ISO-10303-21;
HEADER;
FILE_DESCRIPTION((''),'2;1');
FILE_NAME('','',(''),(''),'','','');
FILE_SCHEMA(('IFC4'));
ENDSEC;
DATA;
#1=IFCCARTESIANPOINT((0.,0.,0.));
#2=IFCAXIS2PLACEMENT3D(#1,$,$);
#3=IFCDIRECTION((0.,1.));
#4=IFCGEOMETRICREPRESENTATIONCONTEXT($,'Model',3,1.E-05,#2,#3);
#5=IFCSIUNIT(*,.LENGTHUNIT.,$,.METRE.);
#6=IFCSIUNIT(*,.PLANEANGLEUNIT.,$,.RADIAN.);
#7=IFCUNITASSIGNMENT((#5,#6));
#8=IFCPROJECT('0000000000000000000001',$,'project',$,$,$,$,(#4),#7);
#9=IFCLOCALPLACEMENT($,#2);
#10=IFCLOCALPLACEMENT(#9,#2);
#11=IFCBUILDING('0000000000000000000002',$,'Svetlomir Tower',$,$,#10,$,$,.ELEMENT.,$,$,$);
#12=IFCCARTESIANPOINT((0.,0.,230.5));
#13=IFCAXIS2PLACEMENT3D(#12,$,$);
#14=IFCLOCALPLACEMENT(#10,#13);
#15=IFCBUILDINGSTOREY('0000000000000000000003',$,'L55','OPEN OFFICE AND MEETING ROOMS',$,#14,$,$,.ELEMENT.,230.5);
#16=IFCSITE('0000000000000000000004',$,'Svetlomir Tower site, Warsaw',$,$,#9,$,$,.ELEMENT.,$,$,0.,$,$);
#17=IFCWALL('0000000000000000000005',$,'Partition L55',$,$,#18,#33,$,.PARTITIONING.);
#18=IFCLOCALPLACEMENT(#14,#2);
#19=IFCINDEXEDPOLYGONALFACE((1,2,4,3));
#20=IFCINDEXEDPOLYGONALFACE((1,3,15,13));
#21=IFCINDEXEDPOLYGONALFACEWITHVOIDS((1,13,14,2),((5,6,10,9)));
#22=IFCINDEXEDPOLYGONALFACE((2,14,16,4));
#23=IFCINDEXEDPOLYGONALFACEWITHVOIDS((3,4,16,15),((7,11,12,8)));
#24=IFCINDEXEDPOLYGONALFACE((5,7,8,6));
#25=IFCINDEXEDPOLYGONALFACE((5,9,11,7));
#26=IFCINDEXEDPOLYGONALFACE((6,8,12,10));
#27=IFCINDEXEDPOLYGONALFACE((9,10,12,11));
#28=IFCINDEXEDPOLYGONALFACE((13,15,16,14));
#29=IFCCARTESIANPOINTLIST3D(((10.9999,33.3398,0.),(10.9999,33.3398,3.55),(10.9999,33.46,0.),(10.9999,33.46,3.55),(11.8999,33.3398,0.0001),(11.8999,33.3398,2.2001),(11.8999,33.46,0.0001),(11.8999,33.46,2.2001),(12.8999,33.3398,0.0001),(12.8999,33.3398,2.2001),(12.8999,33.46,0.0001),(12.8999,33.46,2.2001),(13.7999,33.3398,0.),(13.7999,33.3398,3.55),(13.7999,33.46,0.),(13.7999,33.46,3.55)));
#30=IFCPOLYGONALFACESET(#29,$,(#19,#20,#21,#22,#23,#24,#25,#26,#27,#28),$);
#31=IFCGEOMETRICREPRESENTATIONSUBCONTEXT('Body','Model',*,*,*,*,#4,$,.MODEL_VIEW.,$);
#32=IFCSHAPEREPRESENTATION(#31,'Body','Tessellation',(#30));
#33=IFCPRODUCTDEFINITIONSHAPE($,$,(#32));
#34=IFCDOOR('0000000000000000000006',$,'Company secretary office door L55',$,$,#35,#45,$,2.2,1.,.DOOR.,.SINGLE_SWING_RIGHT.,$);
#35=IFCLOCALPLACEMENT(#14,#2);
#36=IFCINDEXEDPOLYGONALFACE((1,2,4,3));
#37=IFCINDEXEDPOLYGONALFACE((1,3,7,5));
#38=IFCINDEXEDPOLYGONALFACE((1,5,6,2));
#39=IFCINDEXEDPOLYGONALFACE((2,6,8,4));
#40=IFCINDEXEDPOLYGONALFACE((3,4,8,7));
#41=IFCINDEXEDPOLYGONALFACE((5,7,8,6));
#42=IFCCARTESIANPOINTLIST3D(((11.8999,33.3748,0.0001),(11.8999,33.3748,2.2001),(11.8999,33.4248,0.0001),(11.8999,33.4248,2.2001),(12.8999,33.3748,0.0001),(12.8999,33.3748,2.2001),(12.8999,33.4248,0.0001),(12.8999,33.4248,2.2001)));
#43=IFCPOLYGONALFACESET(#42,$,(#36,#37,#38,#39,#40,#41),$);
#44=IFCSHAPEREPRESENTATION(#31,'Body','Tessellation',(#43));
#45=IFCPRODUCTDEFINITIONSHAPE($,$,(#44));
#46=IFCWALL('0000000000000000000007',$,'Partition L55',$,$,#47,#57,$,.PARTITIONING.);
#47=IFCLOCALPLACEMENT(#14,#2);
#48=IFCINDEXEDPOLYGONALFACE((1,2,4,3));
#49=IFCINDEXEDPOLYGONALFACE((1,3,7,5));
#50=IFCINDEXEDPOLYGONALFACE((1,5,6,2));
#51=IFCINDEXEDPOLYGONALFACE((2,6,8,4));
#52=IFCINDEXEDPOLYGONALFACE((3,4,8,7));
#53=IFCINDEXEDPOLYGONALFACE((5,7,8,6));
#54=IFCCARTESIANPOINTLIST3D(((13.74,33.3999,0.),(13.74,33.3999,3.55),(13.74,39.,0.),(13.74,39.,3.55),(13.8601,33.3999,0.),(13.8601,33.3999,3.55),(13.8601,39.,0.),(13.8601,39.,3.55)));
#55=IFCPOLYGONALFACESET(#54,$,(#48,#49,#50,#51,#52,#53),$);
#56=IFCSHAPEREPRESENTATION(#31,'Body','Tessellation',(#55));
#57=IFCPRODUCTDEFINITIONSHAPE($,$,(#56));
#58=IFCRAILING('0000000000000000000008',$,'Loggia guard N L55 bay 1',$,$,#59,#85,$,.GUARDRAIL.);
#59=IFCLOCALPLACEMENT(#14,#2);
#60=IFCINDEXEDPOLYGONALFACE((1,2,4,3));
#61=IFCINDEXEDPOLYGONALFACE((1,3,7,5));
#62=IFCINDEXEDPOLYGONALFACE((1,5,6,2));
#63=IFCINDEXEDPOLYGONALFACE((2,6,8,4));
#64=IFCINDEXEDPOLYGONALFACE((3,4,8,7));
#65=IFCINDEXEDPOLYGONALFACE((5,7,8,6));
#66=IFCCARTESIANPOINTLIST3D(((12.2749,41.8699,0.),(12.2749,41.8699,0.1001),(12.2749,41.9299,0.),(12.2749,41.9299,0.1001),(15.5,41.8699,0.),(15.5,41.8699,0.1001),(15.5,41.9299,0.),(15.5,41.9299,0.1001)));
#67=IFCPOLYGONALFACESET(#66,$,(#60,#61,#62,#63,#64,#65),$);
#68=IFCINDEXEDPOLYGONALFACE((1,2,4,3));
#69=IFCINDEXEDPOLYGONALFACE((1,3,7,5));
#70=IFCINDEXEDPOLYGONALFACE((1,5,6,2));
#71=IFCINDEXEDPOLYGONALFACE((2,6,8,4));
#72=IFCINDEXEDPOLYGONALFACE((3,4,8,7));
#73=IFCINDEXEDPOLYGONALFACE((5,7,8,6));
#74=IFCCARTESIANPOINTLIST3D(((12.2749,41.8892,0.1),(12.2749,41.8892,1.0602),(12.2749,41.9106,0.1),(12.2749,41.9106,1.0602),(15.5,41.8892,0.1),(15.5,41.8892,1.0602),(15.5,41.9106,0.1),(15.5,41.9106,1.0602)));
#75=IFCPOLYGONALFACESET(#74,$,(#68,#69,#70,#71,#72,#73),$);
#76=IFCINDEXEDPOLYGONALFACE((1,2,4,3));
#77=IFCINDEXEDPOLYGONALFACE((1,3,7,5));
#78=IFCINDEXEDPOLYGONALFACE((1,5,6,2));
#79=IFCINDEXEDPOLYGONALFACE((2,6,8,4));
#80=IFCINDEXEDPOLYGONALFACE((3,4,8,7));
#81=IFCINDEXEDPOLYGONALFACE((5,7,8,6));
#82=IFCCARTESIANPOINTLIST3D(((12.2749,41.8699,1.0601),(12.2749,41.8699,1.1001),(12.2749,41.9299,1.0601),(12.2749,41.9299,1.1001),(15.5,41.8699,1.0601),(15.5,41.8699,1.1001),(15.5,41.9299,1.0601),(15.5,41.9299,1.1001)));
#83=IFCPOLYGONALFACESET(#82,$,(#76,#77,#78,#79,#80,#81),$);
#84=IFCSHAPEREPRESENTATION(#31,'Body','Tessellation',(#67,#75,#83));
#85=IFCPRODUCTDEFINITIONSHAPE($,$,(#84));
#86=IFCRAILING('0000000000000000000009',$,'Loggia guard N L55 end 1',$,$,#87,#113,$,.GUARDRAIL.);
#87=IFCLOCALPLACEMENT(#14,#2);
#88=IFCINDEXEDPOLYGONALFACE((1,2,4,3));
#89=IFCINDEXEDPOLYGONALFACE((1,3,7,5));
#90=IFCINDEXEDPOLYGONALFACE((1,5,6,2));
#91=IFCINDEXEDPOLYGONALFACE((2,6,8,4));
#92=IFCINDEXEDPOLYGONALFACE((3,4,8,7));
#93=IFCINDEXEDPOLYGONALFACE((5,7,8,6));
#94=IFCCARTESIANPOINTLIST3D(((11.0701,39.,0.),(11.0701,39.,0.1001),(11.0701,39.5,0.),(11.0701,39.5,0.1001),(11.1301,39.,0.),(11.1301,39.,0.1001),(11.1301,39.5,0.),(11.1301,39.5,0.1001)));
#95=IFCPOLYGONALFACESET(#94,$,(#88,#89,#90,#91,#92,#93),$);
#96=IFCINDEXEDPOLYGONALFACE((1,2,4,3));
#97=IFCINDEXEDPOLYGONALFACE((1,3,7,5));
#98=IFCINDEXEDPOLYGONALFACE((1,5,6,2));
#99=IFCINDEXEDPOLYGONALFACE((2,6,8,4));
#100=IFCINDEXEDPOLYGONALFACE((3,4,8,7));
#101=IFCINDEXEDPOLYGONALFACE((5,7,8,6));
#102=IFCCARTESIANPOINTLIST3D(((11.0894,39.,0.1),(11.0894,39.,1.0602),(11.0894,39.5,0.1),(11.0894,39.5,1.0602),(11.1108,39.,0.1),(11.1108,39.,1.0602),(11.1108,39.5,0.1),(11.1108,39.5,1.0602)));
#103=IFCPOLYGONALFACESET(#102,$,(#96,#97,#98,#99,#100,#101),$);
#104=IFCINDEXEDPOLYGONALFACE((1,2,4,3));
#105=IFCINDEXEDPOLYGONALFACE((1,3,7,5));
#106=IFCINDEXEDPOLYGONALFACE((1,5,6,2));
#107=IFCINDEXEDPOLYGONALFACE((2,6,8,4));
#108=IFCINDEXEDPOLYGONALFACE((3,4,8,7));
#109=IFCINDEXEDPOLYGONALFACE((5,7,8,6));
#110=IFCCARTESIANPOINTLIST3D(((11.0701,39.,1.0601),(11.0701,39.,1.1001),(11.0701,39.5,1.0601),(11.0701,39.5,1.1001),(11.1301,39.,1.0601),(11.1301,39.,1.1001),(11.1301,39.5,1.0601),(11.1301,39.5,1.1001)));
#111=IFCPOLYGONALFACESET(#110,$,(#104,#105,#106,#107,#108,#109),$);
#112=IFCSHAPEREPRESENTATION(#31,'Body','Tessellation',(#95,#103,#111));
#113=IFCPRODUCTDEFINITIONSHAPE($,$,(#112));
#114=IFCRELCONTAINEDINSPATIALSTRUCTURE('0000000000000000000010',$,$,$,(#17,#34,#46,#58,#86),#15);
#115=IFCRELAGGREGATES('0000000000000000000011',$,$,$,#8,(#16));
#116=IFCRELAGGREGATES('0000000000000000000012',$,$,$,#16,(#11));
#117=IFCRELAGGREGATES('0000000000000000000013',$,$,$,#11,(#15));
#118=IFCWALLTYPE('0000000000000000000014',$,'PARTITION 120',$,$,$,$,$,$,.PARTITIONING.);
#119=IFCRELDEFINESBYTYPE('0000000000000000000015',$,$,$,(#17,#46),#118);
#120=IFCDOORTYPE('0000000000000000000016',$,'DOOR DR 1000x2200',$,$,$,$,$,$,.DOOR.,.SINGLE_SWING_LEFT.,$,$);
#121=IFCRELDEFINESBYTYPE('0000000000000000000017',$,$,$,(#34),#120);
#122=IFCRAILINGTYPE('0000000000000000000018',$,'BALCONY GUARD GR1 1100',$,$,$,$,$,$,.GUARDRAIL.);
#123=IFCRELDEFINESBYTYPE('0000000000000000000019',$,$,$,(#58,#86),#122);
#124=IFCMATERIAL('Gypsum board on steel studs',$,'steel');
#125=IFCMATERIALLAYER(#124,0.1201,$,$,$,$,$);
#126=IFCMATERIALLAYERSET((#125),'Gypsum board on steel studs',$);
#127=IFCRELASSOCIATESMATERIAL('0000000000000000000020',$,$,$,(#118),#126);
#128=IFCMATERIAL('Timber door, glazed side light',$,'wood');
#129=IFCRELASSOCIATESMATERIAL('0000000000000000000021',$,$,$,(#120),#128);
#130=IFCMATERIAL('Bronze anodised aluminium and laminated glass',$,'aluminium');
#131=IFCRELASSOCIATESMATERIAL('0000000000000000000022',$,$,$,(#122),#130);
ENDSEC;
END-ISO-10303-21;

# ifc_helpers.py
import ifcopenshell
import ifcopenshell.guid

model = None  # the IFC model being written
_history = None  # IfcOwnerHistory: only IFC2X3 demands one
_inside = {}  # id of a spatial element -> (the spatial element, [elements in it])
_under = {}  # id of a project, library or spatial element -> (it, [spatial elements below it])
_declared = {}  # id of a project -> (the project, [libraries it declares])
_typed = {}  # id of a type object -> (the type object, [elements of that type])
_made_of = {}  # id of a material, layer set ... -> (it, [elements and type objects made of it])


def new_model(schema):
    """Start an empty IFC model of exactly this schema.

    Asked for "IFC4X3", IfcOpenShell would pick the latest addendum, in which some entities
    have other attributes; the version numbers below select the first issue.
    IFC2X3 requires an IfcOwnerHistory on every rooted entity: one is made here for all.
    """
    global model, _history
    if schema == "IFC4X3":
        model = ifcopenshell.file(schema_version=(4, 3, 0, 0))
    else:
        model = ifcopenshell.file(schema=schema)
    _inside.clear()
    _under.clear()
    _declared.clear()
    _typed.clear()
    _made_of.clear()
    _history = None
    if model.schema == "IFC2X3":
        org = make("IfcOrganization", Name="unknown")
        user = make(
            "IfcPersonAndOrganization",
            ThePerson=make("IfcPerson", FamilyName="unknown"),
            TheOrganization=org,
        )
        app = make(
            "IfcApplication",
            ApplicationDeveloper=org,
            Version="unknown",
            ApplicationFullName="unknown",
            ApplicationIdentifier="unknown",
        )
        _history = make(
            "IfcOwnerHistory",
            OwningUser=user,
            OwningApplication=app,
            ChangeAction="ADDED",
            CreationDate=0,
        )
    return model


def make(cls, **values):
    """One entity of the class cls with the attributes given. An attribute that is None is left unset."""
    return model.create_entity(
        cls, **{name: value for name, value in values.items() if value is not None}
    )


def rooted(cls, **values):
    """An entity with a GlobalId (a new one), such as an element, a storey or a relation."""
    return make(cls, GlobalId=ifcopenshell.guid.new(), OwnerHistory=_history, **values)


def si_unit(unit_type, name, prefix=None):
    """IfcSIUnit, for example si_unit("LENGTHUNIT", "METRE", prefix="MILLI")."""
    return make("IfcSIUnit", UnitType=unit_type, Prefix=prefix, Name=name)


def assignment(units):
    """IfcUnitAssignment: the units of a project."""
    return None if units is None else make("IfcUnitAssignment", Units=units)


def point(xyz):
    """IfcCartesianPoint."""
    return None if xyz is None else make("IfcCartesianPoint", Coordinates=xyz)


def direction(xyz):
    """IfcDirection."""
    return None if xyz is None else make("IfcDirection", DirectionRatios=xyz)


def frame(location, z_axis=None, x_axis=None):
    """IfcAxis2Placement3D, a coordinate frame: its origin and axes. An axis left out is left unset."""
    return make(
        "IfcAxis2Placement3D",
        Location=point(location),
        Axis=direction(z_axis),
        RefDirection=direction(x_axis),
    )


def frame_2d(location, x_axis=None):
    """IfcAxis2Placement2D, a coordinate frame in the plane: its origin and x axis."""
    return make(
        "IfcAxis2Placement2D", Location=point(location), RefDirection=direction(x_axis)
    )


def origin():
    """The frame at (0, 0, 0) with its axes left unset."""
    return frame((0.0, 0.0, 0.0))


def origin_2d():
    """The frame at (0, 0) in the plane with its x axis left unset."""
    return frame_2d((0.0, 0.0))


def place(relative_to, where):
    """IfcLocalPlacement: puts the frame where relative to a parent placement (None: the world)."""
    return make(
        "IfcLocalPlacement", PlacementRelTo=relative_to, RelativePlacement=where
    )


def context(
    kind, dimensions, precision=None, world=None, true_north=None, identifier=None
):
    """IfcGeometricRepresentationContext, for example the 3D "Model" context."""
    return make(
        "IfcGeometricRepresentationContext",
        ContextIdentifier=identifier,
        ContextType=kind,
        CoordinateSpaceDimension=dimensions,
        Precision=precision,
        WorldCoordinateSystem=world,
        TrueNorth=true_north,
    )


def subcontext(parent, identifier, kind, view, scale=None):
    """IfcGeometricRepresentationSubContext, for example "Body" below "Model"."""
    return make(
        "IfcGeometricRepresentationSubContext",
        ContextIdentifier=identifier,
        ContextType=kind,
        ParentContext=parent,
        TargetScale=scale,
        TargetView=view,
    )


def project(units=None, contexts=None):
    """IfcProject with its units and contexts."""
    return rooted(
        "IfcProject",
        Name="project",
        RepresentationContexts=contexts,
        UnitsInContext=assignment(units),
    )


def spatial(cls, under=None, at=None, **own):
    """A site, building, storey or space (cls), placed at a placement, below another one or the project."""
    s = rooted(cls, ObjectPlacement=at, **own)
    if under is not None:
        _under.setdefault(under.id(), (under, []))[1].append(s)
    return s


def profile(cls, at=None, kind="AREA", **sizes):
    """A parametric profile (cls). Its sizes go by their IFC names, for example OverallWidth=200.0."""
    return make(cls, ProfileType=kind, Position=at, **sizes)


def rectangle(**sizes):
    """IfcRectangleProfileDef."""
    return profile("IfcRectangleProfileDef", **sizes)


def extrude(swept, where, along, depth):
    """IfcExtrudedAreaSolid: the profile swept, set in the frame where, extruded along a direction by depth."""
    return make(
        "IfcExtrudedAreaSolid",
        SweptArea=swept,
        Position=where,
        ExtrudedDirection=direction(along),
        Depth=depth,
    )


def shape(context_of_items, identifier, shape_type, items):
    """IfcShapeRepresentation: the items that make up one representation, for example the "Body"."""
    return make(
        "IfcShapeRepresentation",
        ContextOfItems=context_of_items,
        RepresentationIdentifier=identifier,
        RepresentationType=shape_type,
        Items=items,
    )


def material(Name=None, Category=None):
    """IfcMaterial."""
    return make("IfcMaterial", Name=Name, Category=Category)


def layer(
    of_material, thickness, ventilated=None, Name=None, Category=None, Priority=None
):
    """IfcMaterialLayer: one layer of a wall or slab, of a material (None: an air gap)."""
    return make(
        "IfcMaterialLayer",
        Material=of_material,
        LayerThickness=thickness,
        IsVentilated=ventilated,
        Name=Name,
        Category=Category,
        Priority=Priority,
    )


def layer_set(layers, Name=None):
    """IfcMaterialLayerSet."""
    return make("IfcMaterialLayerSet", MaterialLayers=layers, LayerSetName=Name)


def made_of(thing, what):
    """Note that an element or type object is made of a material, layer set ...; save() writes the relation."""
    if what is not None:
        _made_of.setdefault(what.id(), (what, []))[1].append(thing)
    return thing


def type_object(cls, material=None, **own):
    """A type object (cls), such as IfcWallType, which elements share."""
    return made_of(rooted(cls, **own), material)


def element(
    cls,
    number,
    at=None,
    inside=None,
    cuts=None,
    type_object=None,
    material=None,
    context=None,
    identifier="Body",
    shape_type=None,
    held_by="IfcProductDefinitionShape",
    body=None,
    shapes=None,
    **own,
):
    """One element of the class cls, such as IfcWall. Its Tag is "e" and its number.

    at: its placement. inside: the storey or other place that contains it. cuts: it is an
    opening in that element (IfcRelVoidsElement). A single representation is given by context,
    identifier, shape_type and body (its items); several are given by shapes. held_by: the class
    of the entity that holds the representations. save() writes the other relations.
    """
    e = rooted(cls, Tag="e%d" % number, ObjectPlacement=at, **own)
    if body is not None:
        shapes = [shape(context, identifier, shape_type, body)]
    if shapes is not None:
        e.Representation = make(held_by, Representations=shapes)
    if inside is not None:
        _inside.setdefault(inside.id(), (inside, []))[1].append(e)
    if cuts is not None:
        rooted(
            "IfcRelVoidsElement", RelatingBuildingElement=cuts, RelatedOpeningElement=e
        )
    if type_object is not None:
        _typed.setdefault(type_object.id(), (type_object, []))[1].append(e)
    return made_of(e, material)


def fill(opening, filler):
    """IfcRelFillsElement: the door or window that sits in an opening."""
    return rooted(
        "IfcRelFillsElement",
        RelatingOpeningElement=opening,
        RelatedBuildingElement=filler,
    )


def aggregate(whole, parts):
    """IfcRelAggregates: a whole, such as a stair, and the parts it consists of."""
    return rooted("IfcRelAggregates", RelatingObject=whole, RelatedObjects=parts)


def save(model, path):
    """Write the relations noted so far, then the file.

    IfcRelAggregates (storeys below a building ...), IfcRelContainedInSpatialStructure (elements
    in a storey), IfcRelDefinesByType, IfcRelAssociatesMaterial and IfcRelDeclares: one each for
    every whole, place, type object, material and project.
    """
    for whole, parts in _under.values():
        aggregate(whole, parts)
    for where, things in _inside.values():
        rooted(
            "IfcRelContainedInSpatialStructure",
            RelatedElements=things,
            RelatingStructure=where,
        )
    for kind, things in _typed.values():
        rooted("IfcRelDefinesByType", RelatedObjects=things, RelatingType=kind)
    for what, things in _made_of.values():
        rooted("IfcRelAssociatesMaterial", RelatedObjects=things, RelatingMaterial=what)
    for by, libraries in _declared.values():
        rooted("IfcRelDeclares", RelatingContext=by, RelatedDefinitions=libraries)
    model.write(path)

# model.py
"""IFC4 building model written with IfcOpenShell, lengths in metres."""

from ifc_helpers import new_model, si_unit, direction, frame, frame_2d, origin, origin_2d, place, context, subcontext, project, spatial, rectangle, extrude, material, layer, layer_set, type_object, element, fill, save


model = new_model("IFC4")

# Units and contexts
model_context = context("Model", 3, precision=1e-05, world=origin(), true_north=direction((0.0, 1.0)))
body_context = subcontext(model_context, "Body", "Model", "MODEL_VIEW")
ifc_project = project(units=[si_unit("LENGTHUNIT", "METRE"), si_unit("PLANEANGLEUNIT", "RADIAN")], contexts=[model_context])

# Site, building, storey
site_placement = place(None, origin())
site = spatial("IfcSite", under=ifc_project, at=site_placement, Name="Svetlomir Tower site, Warsaw", CompositionType="ELEMENT", RefElevation=0.0)
building_placement = place(site_placement, origin())
building = spatial("IfcBuilding", under=site, at=building_placement, Name="Svetlomir Tower", CompositionType="ELEMENT")
storey_placement = place(building_placement, frame((0.0, 0.0, 230.5)))
storey = spatial("IfcBuildingStorey", under=building, at=storey_placement, Name="L55", Description="OPEN OFFICE AND MEETING ROOMS", CompositionType="ELEMENT", Elevation=230.5)

# Wall, opening, door
ifc_material_1 = material(Name="Gypsum board on steel studs", Category="steel")
ifc_layer_1 = layer(ifc_material_1, 0.1201)
ifc_layer_set_1 = layer_set([ifc_layer_1], Name="Gypsum board on steel studs")
wall_type_1 = type_object("IfcWallType", Name="PARTITION 120", PredefinedType="PARTITIONING", material=ifc_layer_set_1)
wall_1_placement = place(storey_placement, frame((11.0, 33.3999, 0.0), z_axis=(0.0, 0.0, 1.0), x_axis=(1.0, 0.0, 0.0)))
wall_1 = element("IfcWall", 1, at=wall_1_placement, inside=storey, type_object=wall_type_1, Name="Partition L55", PredefinedType="PARTITIONING", context=body_context, shape_type="SweptSolid", body=[
    extrude(rectangle(XDim=2.8, YDim=0.1201, at=frame_2d((1.3999, 0.0))), origin(), (0.0, 0.0, 1.0), 3.55),
])
opening_1_placement = place(wall_1_placement, frame((0.8999, 0.0, 0.0)))
opening_1 = element("IfcOpeningElement", 2, at=opening_1_placement, cuts=wall_1, PredefinedType="OPENING", context=body_context, shape_type="SweptSolid", body=[
    extrude(rectangle(XDim=1.0, YDim=2.2, at=frame_2d((0.5, 1.1001))), frame((0.0, 0.0701, 0.0), z_axis=(0.0, -1.0, 0.0), x_axis=(1.0, 0.0, 0.0)), (0.0, 0.0, 1.0), 0.1401),
])
ifc_material_2 = material(Name="Timber door, glazed side light", Category="wood")
door_type_1 = type_object("IfcDoorType", Name="DOOR DR 1000x2200", OperationType="SINGLE_SWING_LEFT", PredefinedType="DOOR", material=ifc_material_2)
door_1_placement = place(opening_1_placement, origin())
door_1 = element("IfcDoor", 3, at=door_1_placement, inside=storey, type_object=door_type_1, Name="Company secretary office door L55", OperationType="SINGLE_SWING_RIGHT", OverallHeight=2.2, OverallWidth=1.0, PredefinedType="DOOR", context=body_context, shape_type="SweptSolid", body=[
    extrude(rectangle(XDim=1.0, YDim=2.2, at=frame_2d((0.5, 1.1001))), frame((0.0, 0.0249, 0.0), z_axis=(0.0, -1.0, 0.0), x_axis=(1.0, 0.0, 0.0)), (0.0, 0.0, 1.0), 0.05),
])
fill(opening_1, door_1)

# Wall
wall_2_placement = place(storey_placement, frame((13.8, 33.3999, 0.0), z_axis=(0.0, 0.0, 1.0), x_axis=(0.0, 1.0, 0.0)))
element("IfcWall", 4, at=wall_2_placement, inside=storey, type_object=wall_type_1, Name="Partition L55", PredefinedType="PARTITIONING", context=body_context, shape_type="SweptSolid", body=[
    extrude(rectangle(XDim=5.6001, YDim=0.1201, at=frame_2d((2.8, 0.0))), origin(), (0.0, 0.0, 1.0), 3.55),
])

# Railings
ifc_material_3 = material(Name="Bronze anodised aluminium and laminated glass", Category="aluminium")
railing_type = type_object("IfcRailingType", Name="BALCONY GUARD GR1 1100", PredefinedType="GUARDRAIL", material=ifc_material_3)
railing_1_placement = place(storey_placement, frame((12.2749, 41.8999, 0.0)))
element("IfcRailing", 5, at=railing_1_placement, inside=storey, type_object=railing_type, Name="Loggia guard N L55 bay 1", PredefinedType="GUARDRAIL", context=body_context, shape_type="SweptSolid", body=[
    extrude(rectangle(XDim=0.0601, YDim=0.1001, at=origin_2d()), frame((0.0, 0.0, 0.05), z_axis=(1.0, 0.0, 0.0), x_axis=(0.0, 1.0, 0.0)), (0.0, 0.0, 1.0), 3.2251),
    extrude(rectangle(XDim=0.0215, YDim=0.9602, at=origin_2d()), frame((0.0, 0.0, 0.5801), z_axis=(1.0, 0.0, 0.0), x_axis=(0.0, 1.0, 0.0)), (0.0, 0.0, 1.0), 3.2251),
    extrude(rectangle(XDim=0.0601, YDim=0.04, at=origin_2d()), frame((0.0, 0.0, 1.0801), z_axis=(1.0, 0.0, 0.0), x_axis=(0.0, 1.0, 0.0)), (0.0, 0.0, 1.0), 3.2251),
])
railing_2_placement = place(storey_placement, frame((11.1001, 39.5, 0.0)))
element("IfcRailing", 6, at=railing_2_placement, inside=storey, type_object=railing_type, Name="Loggia guard N L55 end 1", PredefinedType="GUARDRAIL", context=body_context, shape_type="SweptSolid", body=[
    extrude(rectangle(XDim=0.0601, YDim=0.1001, at=origin_2d()), frame((0.0, 0.0, 0.05), z_axis=(0.0, -1.0, 0.0), x_axis=(1.0, 0.0, 0.0)), (0.0, 0.0, 1.0), 0.5),
    extrude(rectangle(XDim=0.0215, YDim=0.9602, at=origin_2d()), frame((0.0, 0.0, 0.5801), z_axis=(0.0, -1.0, 0.0), x_axis=(1.0, 0.0, 0.0)), (0.0, 0.0, 1.0), 0.5),
    extrude(rectangle(XDim=0.0601, YDim=0.04, at=origin_2d()), frame((0.0, 0.0, 1.0801), z_axis=(0.0, -1.0, 0.0), x_axis=(1.0, 0.0, 0.0)), (0.0, 0.0, 1.0), 0.5),
])

save(model, "model.ifc")
